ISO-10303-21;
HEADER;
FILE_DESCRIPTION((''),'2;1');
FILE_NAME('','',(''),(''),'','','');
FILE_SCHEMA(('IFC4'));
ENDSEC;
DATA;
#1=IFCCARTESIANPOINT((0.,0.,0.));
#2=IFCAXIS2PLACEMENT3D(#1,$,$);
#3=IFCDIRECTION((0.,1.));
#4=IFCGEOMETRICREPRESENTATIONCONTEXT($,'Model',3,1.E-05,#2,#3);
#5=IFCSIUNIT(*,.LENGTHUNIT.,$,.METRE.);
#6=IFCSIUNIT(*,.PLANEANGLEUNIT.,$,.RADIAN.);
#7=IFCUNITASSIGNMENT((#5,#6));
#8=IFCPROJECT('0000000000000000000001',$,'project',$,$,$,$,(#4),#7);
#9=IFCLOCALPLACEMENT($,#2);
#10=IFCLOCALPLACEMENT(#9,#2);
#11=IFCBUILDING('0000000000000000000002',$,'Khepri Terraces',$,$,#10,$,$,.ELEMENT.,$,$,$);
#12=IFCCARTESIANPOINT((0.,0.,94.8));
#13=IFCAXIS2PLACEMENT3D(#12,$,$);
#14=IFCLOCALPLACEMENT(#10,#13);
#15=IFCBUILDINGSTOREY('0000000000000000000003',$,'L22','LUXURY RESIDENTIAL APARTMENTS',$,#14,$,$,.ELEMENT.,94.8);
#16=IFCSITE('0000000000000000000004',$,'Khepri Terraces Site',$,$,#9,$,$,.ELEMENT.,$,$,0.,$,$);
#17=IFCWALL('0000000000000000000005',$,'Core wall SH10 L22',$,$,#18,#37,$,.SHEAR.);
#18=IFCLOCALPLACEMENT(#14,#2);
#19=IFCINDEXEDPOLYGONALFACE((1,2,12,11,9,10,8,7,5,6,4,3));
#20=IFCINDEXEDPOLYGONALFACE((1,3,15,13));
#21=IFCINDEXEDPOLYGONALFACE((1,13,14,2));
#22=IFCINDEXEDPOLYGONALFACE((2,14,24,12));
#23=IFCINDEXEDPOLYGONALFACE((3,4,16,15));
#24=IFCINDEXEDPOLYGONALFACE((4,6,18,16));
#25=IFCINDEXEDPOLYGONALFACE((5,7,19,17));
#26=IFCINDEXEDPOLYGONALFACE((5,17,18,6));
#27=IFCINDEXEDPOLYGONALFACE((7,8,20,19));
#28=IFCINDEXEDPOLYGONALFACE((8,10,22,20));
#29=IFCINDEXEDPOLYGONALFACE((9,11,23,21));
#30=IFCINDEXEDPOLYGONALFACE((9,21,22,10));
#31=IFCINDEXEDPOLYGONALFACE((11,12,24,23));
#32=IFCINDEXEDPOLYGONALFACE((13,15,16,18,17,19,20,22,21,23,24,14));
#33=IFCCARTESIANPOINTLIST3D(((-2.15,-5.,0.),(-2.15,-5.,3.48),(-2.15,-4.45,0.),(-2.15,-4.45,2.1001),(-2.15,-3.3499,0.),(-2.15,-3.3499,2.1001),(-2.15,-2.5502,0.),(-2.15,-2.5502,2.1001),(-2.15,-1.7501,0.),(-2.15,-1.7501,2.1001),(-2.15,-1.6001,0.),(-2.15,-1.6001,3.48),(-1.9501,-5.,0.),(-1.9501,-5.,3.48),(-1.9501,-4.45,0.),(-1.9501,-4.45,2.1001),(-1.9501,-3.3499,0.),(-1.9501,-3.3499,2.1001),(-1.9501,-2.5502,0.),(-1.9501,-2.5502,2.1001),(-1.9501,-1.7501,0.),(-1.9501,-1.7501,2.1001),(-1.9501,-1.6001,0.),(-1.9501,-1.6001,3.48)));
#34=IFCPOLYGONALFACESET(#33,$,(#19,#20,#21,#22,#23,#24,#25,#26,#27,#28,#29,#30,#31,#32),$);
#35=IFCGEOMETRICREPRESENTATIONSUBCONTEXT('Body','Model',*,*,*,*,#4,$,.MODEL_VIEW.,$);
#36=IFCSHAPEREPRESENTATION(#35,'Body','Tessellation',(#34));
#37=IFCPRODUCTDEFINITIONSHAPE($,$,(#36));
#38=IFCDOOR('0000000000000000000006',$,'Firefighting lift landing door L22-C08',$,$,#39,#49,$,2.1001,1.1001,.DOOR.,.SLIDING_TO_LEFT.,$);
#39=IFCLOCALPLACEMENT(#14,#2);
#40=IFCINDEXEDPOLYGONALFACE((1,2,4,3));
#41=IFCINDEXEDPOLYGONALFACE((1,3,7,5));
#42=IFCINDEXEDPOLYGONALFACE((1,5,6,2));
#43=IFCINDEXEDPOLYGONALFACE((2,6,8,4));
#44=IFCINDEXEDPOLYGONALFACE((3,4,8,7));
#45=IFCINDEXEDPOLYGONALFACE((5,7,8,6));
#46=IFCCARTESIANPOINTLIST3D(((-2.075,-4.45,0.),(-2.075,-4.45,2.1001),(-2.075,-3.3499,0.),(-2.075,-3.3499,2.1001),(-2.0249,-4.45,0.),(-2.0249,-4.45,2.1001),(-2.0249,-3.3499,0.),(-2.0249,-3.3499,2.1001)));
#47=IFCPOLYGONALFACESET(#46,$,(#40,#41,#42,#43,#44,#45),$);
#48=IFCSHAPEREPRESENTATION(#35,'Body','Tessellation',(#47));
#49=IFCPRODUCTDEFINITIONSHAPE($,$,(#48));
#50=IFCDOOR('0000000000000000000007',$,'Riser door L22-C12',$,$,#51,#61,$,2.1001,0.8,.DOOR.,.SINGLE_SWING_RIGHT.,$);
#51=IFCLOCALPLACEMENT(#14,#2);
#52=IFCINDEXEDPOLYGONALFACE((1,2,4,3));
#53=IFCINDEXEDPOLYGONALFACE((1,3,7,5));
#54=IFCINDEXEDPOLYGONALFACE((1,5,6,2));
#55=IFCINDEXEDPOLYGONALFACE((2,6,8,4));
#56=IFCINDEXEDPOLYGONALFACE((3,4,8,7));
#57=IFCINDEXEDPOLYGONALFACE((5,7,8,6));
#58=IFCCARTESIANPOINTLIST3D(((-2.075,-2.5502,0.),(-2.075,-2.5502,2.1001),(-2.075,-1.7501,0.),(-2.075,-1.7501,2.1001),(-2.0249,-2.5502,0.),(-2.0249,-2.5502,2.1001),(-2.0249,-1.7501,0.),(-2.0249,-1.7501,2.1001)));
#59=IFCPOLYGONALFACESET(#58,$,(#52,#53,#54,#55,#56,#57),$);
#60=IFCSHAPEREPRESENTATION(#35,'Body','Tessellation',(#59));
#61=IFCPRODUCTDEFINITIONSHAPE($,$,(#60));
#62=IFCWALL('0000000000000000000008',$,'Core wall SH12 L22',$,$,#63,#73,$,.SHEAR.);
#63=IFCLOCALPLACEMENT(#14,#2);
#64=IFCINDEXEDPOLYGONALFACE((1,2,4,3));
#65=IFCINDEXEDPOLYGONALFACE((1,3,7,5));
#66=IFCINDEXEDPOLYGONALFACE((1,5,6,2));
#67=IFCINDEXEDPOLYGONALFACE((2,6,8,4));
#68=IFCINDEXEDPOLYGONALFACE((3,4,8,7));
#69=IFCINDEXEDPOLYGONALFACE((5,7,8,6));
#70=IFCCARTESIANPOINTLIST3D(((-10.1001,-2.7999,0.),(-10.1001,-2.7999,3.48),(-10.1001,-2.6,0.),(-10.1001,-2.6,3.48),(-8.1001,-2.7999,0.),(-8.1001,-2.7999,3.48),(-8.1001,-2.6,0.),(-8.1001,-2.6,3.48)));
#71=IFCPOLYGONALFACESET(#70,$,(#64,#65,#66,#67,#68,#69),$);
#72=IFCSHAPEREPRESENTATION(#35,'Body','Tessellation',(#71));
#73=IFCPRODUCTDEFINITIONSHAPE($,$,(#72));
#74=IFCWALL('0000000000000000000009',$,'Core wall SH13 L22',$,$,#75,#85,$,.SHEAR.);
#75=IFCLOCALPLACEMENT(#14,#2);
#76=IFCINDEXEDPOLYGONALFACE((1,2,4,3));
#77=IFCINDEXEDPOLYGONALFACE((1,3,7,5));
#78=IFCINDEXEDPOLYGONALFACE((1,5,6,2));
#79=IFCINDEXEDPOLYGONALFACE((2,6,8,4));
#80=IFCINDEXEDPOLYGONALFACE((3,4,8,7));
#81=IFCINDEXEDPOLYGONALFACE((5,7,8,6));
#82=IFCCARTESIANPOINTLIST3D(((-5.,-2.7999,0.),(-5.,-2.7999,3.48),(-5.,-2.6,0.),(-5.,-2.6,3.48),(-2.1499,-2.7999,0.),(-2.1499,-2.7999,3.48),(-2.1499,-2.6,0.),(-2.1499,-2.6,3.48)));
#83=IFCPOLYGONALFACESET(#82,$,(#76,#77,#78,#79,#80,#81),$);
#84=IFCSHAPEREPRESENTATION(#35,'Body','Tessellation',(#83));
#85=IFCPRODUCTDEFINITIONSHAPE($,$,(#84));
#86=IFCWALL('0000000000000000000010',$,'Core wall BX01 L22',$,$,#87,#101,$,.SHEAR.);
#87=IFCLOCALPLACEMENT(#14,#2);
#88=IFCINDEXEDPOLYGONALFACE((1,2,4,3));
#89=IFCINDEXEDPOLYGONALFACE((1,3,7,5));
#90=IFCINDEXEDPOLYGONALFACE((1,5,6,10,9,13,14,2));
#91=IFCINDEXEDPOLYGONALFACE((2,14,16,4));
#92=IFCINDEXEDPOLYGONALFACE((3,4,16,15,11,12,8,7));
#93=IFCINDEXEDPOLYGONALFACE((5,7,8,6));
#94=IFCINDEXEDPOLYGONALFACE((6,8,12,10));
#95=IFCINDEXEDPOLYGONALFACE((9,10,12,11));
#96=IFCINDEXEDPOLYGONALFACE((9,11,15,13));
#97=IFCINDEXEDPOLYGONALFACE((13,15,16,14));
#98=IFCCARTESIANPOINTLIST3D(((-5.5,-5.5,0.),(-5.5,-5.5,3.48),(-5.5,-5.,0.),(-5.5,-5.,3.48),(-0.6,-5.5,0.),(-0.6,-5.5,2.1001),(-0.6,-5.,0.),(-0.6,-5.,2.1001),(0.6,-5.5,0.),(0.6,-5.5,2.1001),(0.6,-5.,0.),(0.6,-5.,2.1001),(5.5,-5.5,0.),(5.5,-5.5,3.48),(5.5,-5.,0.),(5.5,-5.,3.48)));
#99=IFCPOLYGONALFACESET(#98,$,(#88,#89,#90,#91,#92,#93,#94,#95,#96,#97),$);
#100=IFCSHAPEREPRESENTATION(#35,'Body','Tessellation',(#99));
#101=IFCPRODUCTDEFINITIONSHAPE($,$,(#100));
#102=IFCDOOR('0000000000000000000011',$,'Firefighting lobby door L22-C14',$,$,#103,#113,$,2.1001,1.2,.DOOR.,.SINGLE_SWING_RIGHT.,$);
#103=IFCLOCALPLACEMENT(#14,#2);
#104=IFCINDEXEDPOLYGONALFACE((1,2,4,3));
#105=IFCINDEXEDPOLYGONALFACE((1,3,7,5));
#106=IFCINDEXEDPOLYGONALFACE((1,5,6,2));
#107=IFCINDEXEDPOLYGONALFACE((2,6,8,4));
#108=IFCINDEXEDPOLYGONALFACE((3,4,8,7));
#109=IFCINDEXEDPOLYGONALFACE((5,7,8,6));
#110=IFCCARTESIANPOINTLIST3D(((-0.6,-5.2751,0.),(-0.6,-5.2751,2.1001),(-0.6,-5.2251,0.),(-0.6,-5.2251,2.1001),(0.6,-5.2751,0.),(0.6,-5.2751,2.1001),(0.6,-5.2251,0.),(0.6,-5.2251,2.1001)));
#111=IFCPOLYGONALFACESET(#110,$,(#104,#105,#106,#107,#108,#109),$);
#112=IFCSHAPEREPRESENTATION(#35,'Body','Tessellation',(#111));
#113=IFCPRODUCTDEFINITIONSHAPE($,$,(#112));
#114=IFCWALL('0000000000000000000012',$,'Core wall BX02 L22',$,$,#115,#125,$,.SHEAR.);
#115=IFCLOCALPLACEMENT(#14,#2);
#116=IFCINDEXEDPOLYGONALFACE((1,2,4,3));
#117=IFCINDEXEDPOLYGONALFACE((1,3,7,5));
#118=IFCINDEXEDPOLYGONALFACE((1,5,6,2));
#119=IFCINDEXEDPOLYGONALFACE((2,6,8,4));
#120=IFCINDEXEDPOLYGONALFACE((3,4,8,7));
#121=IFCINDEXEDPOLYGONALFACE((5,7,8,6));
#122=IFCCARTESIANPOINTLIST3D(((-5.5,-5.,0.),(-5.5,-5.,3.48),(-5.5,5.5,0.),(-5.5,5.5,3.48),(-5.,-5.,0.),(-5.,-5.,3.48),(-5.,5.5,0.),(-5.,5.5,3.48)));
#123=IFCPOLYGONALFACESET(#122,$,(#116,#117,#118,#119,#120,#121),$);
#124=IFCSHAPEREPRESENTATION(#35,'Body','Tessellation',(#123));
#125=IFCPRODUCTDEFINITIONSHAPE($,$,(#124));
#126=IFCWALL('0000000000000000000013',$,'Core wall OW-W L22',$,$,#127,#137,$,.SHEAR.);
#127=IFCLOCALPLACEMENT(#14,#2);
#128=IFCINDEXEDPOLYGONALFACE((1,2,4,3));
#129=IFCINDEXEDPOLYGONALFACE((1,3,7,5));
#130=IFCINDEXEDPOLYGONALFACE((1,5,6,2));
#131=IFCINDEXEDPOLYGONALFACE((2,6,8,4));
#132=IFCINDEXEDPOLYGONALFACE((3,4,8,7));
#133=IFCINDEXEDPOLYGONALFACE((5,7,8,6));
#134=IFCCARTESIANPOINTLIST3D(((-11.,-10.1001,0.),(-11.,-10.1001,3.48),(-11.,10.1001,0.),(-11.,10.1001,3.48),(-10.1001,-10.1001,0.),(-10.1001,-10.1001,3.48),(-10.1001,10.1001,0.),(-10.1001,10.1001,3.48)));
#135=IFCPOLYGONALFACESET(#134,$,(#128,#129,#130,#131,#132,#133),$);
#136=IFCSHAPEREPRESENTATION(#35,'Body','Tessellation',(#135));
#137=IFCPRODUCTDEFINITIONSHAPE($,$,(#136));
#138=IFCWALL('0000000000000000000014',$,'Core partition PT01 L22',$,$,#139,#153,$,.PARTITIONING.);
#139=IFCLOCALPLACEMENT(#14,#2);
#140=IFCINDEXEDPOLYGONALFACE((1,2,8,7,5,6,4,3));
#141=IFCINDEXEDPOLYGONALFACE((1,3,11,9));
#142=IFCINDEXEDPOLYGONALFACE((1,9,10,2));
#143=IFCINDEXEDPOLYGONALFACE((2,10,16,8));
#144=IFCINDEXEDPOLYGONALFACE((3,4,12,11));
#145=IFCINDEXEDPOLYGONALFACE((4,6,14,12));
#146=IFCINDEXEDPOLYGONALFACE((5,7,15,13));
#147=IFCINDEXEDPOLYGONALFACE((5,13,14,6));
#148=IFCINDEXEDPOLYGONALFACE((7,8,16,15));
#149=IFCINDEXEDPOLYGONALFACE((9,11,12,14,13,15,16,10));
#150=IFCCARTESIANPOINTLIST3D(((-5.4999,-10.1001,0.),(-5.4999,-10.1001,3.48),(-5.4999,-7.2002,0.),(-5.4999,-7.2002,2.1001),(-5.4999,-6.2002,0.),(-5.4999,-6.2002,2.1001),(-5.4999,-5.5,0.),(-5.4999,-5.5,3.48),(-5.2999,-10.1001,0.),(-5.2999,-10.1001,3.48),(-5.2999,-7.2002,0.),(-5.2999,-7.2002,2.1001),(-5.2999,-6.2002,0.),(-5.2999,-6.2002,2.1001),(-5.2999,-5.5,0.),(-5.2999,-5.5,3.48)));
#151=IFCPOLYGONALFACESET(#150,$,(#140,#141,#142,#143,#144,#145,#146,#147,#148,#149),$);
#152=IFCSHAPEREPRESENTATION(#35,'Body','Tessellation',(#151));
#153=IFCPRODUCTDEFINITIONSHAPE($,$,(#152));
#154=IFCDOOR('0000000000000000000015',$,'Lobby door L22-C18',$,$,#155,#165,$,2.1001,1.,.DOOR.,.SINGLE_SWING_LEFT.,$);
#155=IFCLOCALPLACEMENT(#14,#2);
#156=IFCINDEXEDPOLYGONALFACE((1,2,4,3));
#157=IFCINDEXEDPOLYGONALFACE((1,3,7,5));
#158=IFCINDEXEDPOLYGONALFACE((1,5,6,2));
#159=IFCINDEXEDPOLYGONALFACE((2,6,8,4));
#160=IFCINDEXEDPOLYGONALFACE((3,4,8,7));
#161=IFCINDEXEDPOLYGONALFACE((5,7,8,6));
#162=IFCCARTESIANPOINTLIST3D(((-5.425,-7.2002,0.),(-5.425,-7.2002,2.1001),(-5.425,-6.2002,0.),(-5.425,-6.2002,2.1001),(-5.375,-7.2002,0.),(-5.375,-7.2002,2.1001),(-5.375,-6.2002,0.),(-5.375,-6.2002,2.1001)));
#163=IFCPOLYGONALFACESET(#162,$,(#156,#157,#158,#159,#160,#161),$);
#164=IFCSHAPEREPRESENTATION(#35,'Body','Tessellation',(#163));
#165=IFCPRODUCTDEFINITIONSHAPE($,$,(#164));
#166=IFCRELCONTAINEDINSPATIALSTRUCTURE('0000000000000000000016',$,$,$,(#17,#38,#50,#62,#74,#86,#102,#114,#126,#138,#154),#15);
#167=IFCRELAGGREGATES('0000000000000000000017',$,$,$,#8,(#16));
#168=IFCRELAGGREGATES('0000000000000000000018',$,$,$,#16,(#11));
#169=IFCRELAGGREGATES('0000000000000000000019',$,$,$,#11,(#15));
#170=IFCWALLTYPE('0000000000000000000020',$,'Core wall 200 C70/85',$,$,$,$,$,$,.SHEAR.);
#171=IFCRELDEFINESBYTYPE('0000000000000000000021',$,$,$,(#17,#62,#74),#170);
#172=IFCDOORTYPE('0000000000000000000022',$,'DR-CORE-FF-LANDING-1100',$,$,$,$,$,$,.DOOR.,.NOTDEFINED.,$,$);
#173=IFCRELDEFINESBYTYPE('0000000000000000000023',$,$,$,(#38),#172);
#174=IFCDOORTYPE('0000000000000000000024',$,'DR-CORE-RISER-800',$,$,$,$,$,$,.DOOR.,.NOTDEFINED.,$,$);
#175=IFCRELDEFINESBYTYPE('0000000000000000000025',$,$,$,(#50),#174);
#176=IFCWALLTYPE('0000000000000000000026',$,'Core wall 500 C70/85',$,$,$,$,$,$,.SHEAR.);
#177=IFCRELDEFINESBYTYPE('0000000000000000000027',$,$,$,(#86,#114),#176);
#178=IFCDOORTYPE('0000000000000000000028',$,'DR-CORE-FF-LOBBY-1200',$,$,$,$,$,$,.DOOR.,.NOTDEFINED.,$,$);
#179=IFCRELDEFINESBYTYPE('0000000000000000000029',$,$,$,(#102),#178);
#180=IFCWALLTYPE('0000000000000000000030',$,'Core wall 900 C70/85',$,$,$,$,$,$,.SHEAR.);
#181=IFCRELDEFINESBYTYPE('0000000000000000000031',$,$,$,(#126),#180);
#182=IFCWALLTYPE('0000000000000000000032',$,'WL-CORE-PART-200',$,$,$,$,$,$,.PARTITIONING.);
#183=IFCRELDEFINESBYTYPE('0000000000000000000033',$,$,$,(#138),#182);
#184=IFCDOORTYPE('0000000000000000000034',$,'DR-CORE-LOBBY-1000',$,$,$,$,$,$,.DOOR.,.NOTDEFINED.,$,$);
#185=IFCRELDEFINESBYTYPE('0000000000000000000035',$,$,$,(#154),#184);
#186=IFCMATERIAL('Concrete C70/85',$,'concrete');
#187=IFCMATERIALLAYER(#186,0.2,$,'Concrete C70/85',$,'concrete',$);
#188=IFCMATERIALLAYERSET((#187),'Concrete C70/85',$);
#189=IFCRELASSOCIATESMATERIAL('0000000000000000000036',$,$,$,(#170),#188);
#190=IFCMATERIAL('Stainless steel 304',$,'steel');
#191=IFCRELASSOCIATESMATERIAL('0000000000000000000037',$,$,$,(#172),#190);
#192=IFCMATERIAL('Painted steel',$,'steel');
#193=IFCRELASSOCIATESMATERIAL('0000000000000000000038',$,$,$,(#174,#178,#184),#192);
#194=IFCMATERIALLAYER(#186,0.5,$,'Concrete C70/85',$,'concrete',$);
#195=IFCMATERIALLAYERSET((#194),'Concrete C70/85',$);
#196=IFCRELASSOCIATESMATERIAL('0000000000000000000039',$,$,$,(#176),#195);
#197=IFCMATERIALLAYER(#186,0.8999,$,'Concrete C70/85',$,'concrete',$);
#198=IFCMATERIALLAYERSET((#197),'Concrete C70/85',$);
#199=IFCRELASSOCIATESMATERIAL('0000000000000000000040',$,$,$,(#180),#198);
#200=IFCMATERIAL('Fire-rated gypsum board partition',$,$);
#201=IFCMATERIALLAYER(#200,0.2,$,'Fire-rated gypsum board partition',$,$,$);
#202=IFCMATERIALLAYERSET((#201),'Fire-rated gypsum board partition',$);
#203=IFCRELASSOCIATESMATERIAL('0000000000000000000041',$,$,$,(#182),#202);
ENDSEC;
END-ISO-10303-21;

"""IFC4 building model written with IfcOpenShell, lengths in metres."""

from ifc_helpers import new_model, si_unit, direction, frame, frame_2d, origin, place, context, subcontext, project, spatial, rectangle, extrude, material, layer, layer_set, type_object, element, fill, save


model = new_model("IFC4")

# Units and contexts
model_context = context("Model", 3, precision=1e-05, world=origin(), true_north=direction((0.0, 1.0)))
body_context = subcontext(model_context, "Body", "Model", "MODEL_VIEW")
ifc_project = project(units=[si_unit("LENGTHUNIT", "METRE"), si_unit("PLANEANGLEUNIT", "RADIAN")], contexts=[model_context])

# Site, building, storey
site_placement = place(None, origin())
site = spatial("IfcSite", under=ifc_project, at=site_placement, Name="Khepri Terraces Site", CompositionType="ELEMENT", RefElevation=0.0)
building_placement = place(site_placement, origin())
building = spatial("IfcBuilding", under=site, at=building_placement, Name="Khepri Terraces", CompositionType="ELEMENT")
storey_placement = place(building_placement, frame((0.0, 0.0, 94.8)))
storey = spatial("IfcBuildingStorey", under=building, at=storey_placement, Name="L22", Description="LUXURY RESIDENTIAL APARTMENTS", CompositionType="ELEMENT", Elevation=94.8)

# Shared definitions
ifc_material_1 = material(Name="Concrete C70/85", Category="concrete")
ifc_layer_1 = layer(ifc_material_1, 0.2, Name="Concrete C70/85", Category="concrete")
ifc_layer_set_1 = layer_set([ifc_layer_1], Name="Concrete C70/85")
wall_type_1 = type_object("IfcWallType", Name="Core wall 200 C70/85", PredefinedType="SHEAR", material=ifc_layer_set_1)

# Shared definitions
ifc_material_2 = material(Name="Painted steel", Category="steel")

# Shared definitions
ifc_material_3 = material(Name="Stainless steel 304", Category="steel")

# Wall, openings, doors
wall_1_placement = place(storey_placement, frame((-2.05, -5.0, 0.0), z_axis=(0.0, 0.0, 1.0), x_axis=(0.0, 1.0, 0.0)))
wall_1 = element("IfcWall", 1, at=wall_1_placement, inside=storey, type_object=wall_type_1, Name="Core wall SH10 L22", PredefinedType="SHEAR", context=body_context, shape_type="SweptSolid", body=[
    extrude(rectangle(XDim=3.3999, YDim=0.2, at=frame_2d((1.7, 0.0))), origin(), (0.0, 0.0, 1.0), 3.48),
])
opening_1_placement = place(wall_1_placement, frame((0.55, 0.0, 0.0)))
opening_1 = element("IfcOpeningElement", 2, at=opening_1_placement, cuts=wall_1, PredefinedType="OPENING", context=body_context, shape_type="SweptSolid", body=[
    extrude(rectangle(XDim=1.1001, YDim=2.1001, at=frame_2d((0.55, 1.05))), frame((0.0, 0.1099, 0.0), z_axis=(0.0, -1.0, 0.0), x_axis=(1.0, 0.0, 0.0)), (0.0, 0.0, 1.0), 0.22),
])
opening_2_placement = place(wall_1_placement, frame((2.45, 0.0, 0.0)))
opening_2 = element("IfcOpeningElement", 3, at=opening_2_placement, cuts=wall_1, PredefinedType="OPENING", context=body_context, shape_type="SweptSolid", body=[
    extrude(rectangle(XDim=0.8, YDim=2.1001, at=frame_2d((0.3999, 1.05))), frame((0.0, 0.1099, 0.0), z_axis=(0.0, -1.0, 0.0), x_axis=(1.0, 0.0, 0.0)), (0.0, 0.0, 1.0), 0.22),
])
door_type_1 = type_object("IfcDoorType", Name="DR-CORE-FF-LANDING-1100", OperationType="NOTDEFINED", PredefinedType="DOOR", material=ifc_material_3)
door_1_placement = place(opening_1_placement, origin())
door_1 = element("IfcDoor", 4, at=door_1_placement, inside=storey, type_object=door_type_1, Name="Firefighting lift landing door L22-C08", OperationType="SLIDING_TO_LEFT", OverallHeight=2.1001, OverallWidth=1.1001, PredefinedType="DOOR", context=body_context, shape_type="SweptSolid", body=[
    extrude(rectangle(XDim=1.1001, YDim=2.1001, at=frame_2d((0.55, 1.05))), frame((0.0, 0.0249, 0.0), z_axis=(0.0, -1.0, 0.0), x_axis=(1.0, 0.0, 0.0)), (0.0, 0.0, 1.0), 0.05),
])
fill(opening_1, door_1)
door_type_2 = type_object("IfcDoorType", Name="DR-CORE-RISER-800", OperationType="NOTDEFINED", PredefinedType="DOOR", material=ifc_material_2)
door_2_placement = place(opening_2_placement, origin())
door_2 = element("IfcDoor", 5, at=door_2_placement, inside=storey, type_object=door_type_2, Name="Riser door L22-C12", OperationType="SINGLE_SWING_RIGHT", OverallHeight=2.1001, OverallWidth=0.8, PredefinedType="DOOR", context=body_context, shape_type="SweptSolid", body=[
    extrude(rectangle(XDim=0.8, YDim=2.1001, at=frame_2d((0.3999, 1.05))), frame((0.0, 0.0249, 0.0), z_axis=(0.0, -1.0, 0.0), x_axis=(1.0, 0.0, 0.0)), (0.0, 0.0, 1.0), 0.05),
])
fill(opening_2, door_2)

# Walls
wall_2_placement = place(storey_placement, frame((-10.1001, -2.7, 0.0), z_axis=(0.0, 0.0, 1.0), x_axis=(1.0, 0.0, 0.0)))
element("IfcWall", 6, at=wall_2_placement, inside=storey, type_object=wall_type_1, Name="Core wall SH12 L22", PredefinedType="SHEAR", context=body_context, shape_type="SweptSolid", body=[
    extrude(rectangle(XDim=2.0, YDim=0.2, at=frame_2d((1.0, 0.0))), origin(), (0.0, 0.0, 1.0), 3.48),
])
wall_3_placement = place(storey_placement, frame((-5.0, -2.7, 0.0), z_axis=(0.0, 0.0, 1.0), x_axis=(1.0, 0.0, 0.0)))
element("IfcWall", 7, at=wall_3_placement, inside=storey, type_object=wall_type_1, Name="Core wall SH13 L22", PredefinedType="SHEAR", context=body_context, shape_type="SweptSolid", body=[
    extrude(rectangle(XDim=2.8501, YDim=0.2, at=frame_2d((1.425, 0.0))), origin(), (0.0, 0.0, 1.0), 3.48),
])

# Wall, opening, door
ifc_layer_2 = layer(ifc_material_1, 0.5, Name="Concrete C70/85", Category="concrete")
ifc_layer_set_2 = layer_set([ifc_layer_2], Name="Concrete C70/85")
wall_type_2 = type_object("IfcWallType", Name="Core wall 500 C70/85", PredefinedType="SHEAR", material=ifc_layer_set_2)
wall_4_placement = place(storey_placement, frame((-5.5, -5.25, 0.0), z_axis=(0.0, 0.0, 1.0), x_axis=(1.0, 0.0, 0.0)))
wall_4 = element("IfcWall", 8, at=wall_4_placement, inside=storey, type_object=wall_type_2, Name="Core wall BX01 L22", PredefinedType="SHEAR", context=body_context, shape_type="SweptSolid", body=[
    extrude(rectangle(XDim=11.0, YDim=0.5, at=frame_2d((5.5, 0.0))), origin(), (0.0, 0.0, 1.0), 3.48),
])
opening_3_placement = place(wall_4_placement, frame((4.8999, 0.0, 0.0)))
opening_3 = element("IfcOpeningElement", 9, at=opening_3_placement, cuts=wall_4, PredefinedType="OPENING", context=body_context, shape_type="SweptSolid", body=[
    extrude(rectangle(XDim=1.2, YDim=2.1001, at=frame_2d((0.6001, 1.05))), frame((0.0, 0.26, 0.0), z_axis=(0.0, -1.0, 0.0), x_axis=(1.0, 0.0, 0.0)), (0.0, 0.0, 1.0), 0.52),
])
door_type_3 = type_object("IfcDoorType", Name="DR-CORE-FF-LOBBY-1200", OperationType="NOTDEFINED", PredefinedType="DOOR", material=ifc_material_2)
door_3_placement = place(opening_3_placement, origin())
door_3 = element("IfcDoor", 10, at=door_3_placement, inside=storey, type_object=door_type_3, Name="Firefighting lobby door L22-C14", OperationType="SINGLE_SWING_RIGHT", OverallHeight=2.1001, OverallWidth=1.2, PredefinedType="DOOR", context=body_context, shape_type="SweptSolid", body=[
    extrude(rectangle(XDim=1.2, YDim=2.1001, at=frame_2d((0.6001, 1.05))), frame((0.0, 0.0249, 0.0), z_axis=(0.0, -1.0, 0.0), x_axis=(1.0, 0.0, 0.0)), (0.0, 0.0, 1.0), 0.05),
])
fill(opening_3, door_3)

# Walls
wall_5_placement = place(storey_placement, frame((-5.25, -5.0, 0.0), z_axis=(0.0, 0.0, 1.0), x_axis=(0.0, 1.0, 0.0)))
element("IfcWall", 11, at=wall_5_placement, inside=storey, type_object=wall_type_2, Name="Core wall BX02 L22", PredefinedType="SHEAR", context=body_context, shape_type="SweptSolid", body=[
    extrude(rectangle(XDim=10.5, YDim=0.5, at=frame_2d((5.25, 0.0))), origin(), (0.0, 0.0, 1.0), 3.48),
])
ifc_layer_3 = layer(ifc_material_1, 0.8999, Name="Concrete C70/85", Category="concrete")
ifc_layer_set_3 = layer_set([ifc_layer_3], Name="Concrete C70/85")
wall_type_3 = type_object("IfcWallType", Name="Core wall 900 C70/85", PredefinedType="SHEAR", material=ifc_layer_set_3)
wall_6_placement = place(storey_placement, frame((-10.55, -10.1001, 0.0), z_axis=(0.0, 0.0, 1.0), x_axis=(0.0, 1.0, 0.0)))
element("IfcWall", 12, at=wall_6_placement, inside=storey, type_object=wall_type_3, Name="Core wall OW-W L22", PredefinedType="SHEAR", context=body_context, shape_type="SweptSolid", body=[
    extrude(rectangle(XDim=20.2002, YDim=0.8999, at=frame_2d((10.1001, 0.0))), origin(), (0.0, 0.0, 1.0), 3.48),
])

# Wall, opening, door
ifc_material_4 = material(Name="Fire-rated gypsum board partition")
ifc_layer_4 = layer(ifc_material_4, 0.2, Name="Fire-rated gypsum board partition")
ifc_layer_set_4 = layer_set([ifc_layer_4], Name="Fire-rated gypsum board partition")
wall_type_4 = type_object("IfcWallType", Name="WL-CORE-PART-200", PredefinedType="PARTITIONING", material=ifc_layer_set_4)
wall_7_placement = place(storey_placement, frame((-5.3999, -10.1001, 0.0), z_axis=(0.0, 0.0, 1.0), x_axis=(0.0, 1.0, 0.0)))
wall_7 = element("IfcWall", 13, at=wall_7_placement, inside=storey, type_object=wall_type_4, Name="Core partition PT01 L22", PredefinedType="PARTITIONING", context=body_context, shape_type="SweptSolid", body=[
    extrude(rectangle(XDim=4.6001, YDim=0.2, at=frame_2d((2.3, 0.0))), origin(), (0.0, 0.0, 1.0), 3.48),
])
opening_4_placement = place(wall_7_placement, frame((2.8999, 0.0, 0.0)))
opening_4 = element("IfcOpeningElement", 14, at=opening_4_placement, cuts=wall_7, PredefinedType="OPENING", context=body_context, shape_type="SweptSolid", body=[
    extrude(rectangle(XDim=1.0, YDim=2.1001, at=frame_2d((0.5, 1.05))), frame((0.0, 0.1099, 0.0), z_axis=(0.0, -1.0, 0.0), x_axis=(1.0, 0.0, 0.0)), (0.0, 0.0, 1.0), 0.22),
])
door_type_4 = type_object("IfcDoorType", Name="DR-CORE-LOBBY-1000", OperationType="NOTDEFINED", PredefinedType="DOOR", material=ifc_material_2)
door_4_placement = place(opening_4_placement, frame((1.0, 0.0, 0.0), z_axis=(0.0, 0.0, 1.0), x_axis=(-1.0, 0.0, 0.0)))
door_4 = element("IfcDoor", 15, at=door_4_placement, inside=storey, type_object=door_type_4, Name="Lobby door L22-C18", OperationType="SINGLE_SWING_LEFT", OverallHeight=2.1001, OverallWidth=1.0, PredefinedType="DOOR", context=body_context, shape_type="SweptSolid", body=[
    extrude(rectangle(XDim=1.0, YDim=2.1001, at=frame_2d((0.5, 1.05))), frame((0.0, 0.0249, 0.0), z_axis=(0.0, -1.0, 0.0), x_axis=(1.0, 0.0, 0.0)), (0.0, 0.0, 1.0), 0.05),
])
fill(opening_4, door_4)

save(model, "model.ifc")
